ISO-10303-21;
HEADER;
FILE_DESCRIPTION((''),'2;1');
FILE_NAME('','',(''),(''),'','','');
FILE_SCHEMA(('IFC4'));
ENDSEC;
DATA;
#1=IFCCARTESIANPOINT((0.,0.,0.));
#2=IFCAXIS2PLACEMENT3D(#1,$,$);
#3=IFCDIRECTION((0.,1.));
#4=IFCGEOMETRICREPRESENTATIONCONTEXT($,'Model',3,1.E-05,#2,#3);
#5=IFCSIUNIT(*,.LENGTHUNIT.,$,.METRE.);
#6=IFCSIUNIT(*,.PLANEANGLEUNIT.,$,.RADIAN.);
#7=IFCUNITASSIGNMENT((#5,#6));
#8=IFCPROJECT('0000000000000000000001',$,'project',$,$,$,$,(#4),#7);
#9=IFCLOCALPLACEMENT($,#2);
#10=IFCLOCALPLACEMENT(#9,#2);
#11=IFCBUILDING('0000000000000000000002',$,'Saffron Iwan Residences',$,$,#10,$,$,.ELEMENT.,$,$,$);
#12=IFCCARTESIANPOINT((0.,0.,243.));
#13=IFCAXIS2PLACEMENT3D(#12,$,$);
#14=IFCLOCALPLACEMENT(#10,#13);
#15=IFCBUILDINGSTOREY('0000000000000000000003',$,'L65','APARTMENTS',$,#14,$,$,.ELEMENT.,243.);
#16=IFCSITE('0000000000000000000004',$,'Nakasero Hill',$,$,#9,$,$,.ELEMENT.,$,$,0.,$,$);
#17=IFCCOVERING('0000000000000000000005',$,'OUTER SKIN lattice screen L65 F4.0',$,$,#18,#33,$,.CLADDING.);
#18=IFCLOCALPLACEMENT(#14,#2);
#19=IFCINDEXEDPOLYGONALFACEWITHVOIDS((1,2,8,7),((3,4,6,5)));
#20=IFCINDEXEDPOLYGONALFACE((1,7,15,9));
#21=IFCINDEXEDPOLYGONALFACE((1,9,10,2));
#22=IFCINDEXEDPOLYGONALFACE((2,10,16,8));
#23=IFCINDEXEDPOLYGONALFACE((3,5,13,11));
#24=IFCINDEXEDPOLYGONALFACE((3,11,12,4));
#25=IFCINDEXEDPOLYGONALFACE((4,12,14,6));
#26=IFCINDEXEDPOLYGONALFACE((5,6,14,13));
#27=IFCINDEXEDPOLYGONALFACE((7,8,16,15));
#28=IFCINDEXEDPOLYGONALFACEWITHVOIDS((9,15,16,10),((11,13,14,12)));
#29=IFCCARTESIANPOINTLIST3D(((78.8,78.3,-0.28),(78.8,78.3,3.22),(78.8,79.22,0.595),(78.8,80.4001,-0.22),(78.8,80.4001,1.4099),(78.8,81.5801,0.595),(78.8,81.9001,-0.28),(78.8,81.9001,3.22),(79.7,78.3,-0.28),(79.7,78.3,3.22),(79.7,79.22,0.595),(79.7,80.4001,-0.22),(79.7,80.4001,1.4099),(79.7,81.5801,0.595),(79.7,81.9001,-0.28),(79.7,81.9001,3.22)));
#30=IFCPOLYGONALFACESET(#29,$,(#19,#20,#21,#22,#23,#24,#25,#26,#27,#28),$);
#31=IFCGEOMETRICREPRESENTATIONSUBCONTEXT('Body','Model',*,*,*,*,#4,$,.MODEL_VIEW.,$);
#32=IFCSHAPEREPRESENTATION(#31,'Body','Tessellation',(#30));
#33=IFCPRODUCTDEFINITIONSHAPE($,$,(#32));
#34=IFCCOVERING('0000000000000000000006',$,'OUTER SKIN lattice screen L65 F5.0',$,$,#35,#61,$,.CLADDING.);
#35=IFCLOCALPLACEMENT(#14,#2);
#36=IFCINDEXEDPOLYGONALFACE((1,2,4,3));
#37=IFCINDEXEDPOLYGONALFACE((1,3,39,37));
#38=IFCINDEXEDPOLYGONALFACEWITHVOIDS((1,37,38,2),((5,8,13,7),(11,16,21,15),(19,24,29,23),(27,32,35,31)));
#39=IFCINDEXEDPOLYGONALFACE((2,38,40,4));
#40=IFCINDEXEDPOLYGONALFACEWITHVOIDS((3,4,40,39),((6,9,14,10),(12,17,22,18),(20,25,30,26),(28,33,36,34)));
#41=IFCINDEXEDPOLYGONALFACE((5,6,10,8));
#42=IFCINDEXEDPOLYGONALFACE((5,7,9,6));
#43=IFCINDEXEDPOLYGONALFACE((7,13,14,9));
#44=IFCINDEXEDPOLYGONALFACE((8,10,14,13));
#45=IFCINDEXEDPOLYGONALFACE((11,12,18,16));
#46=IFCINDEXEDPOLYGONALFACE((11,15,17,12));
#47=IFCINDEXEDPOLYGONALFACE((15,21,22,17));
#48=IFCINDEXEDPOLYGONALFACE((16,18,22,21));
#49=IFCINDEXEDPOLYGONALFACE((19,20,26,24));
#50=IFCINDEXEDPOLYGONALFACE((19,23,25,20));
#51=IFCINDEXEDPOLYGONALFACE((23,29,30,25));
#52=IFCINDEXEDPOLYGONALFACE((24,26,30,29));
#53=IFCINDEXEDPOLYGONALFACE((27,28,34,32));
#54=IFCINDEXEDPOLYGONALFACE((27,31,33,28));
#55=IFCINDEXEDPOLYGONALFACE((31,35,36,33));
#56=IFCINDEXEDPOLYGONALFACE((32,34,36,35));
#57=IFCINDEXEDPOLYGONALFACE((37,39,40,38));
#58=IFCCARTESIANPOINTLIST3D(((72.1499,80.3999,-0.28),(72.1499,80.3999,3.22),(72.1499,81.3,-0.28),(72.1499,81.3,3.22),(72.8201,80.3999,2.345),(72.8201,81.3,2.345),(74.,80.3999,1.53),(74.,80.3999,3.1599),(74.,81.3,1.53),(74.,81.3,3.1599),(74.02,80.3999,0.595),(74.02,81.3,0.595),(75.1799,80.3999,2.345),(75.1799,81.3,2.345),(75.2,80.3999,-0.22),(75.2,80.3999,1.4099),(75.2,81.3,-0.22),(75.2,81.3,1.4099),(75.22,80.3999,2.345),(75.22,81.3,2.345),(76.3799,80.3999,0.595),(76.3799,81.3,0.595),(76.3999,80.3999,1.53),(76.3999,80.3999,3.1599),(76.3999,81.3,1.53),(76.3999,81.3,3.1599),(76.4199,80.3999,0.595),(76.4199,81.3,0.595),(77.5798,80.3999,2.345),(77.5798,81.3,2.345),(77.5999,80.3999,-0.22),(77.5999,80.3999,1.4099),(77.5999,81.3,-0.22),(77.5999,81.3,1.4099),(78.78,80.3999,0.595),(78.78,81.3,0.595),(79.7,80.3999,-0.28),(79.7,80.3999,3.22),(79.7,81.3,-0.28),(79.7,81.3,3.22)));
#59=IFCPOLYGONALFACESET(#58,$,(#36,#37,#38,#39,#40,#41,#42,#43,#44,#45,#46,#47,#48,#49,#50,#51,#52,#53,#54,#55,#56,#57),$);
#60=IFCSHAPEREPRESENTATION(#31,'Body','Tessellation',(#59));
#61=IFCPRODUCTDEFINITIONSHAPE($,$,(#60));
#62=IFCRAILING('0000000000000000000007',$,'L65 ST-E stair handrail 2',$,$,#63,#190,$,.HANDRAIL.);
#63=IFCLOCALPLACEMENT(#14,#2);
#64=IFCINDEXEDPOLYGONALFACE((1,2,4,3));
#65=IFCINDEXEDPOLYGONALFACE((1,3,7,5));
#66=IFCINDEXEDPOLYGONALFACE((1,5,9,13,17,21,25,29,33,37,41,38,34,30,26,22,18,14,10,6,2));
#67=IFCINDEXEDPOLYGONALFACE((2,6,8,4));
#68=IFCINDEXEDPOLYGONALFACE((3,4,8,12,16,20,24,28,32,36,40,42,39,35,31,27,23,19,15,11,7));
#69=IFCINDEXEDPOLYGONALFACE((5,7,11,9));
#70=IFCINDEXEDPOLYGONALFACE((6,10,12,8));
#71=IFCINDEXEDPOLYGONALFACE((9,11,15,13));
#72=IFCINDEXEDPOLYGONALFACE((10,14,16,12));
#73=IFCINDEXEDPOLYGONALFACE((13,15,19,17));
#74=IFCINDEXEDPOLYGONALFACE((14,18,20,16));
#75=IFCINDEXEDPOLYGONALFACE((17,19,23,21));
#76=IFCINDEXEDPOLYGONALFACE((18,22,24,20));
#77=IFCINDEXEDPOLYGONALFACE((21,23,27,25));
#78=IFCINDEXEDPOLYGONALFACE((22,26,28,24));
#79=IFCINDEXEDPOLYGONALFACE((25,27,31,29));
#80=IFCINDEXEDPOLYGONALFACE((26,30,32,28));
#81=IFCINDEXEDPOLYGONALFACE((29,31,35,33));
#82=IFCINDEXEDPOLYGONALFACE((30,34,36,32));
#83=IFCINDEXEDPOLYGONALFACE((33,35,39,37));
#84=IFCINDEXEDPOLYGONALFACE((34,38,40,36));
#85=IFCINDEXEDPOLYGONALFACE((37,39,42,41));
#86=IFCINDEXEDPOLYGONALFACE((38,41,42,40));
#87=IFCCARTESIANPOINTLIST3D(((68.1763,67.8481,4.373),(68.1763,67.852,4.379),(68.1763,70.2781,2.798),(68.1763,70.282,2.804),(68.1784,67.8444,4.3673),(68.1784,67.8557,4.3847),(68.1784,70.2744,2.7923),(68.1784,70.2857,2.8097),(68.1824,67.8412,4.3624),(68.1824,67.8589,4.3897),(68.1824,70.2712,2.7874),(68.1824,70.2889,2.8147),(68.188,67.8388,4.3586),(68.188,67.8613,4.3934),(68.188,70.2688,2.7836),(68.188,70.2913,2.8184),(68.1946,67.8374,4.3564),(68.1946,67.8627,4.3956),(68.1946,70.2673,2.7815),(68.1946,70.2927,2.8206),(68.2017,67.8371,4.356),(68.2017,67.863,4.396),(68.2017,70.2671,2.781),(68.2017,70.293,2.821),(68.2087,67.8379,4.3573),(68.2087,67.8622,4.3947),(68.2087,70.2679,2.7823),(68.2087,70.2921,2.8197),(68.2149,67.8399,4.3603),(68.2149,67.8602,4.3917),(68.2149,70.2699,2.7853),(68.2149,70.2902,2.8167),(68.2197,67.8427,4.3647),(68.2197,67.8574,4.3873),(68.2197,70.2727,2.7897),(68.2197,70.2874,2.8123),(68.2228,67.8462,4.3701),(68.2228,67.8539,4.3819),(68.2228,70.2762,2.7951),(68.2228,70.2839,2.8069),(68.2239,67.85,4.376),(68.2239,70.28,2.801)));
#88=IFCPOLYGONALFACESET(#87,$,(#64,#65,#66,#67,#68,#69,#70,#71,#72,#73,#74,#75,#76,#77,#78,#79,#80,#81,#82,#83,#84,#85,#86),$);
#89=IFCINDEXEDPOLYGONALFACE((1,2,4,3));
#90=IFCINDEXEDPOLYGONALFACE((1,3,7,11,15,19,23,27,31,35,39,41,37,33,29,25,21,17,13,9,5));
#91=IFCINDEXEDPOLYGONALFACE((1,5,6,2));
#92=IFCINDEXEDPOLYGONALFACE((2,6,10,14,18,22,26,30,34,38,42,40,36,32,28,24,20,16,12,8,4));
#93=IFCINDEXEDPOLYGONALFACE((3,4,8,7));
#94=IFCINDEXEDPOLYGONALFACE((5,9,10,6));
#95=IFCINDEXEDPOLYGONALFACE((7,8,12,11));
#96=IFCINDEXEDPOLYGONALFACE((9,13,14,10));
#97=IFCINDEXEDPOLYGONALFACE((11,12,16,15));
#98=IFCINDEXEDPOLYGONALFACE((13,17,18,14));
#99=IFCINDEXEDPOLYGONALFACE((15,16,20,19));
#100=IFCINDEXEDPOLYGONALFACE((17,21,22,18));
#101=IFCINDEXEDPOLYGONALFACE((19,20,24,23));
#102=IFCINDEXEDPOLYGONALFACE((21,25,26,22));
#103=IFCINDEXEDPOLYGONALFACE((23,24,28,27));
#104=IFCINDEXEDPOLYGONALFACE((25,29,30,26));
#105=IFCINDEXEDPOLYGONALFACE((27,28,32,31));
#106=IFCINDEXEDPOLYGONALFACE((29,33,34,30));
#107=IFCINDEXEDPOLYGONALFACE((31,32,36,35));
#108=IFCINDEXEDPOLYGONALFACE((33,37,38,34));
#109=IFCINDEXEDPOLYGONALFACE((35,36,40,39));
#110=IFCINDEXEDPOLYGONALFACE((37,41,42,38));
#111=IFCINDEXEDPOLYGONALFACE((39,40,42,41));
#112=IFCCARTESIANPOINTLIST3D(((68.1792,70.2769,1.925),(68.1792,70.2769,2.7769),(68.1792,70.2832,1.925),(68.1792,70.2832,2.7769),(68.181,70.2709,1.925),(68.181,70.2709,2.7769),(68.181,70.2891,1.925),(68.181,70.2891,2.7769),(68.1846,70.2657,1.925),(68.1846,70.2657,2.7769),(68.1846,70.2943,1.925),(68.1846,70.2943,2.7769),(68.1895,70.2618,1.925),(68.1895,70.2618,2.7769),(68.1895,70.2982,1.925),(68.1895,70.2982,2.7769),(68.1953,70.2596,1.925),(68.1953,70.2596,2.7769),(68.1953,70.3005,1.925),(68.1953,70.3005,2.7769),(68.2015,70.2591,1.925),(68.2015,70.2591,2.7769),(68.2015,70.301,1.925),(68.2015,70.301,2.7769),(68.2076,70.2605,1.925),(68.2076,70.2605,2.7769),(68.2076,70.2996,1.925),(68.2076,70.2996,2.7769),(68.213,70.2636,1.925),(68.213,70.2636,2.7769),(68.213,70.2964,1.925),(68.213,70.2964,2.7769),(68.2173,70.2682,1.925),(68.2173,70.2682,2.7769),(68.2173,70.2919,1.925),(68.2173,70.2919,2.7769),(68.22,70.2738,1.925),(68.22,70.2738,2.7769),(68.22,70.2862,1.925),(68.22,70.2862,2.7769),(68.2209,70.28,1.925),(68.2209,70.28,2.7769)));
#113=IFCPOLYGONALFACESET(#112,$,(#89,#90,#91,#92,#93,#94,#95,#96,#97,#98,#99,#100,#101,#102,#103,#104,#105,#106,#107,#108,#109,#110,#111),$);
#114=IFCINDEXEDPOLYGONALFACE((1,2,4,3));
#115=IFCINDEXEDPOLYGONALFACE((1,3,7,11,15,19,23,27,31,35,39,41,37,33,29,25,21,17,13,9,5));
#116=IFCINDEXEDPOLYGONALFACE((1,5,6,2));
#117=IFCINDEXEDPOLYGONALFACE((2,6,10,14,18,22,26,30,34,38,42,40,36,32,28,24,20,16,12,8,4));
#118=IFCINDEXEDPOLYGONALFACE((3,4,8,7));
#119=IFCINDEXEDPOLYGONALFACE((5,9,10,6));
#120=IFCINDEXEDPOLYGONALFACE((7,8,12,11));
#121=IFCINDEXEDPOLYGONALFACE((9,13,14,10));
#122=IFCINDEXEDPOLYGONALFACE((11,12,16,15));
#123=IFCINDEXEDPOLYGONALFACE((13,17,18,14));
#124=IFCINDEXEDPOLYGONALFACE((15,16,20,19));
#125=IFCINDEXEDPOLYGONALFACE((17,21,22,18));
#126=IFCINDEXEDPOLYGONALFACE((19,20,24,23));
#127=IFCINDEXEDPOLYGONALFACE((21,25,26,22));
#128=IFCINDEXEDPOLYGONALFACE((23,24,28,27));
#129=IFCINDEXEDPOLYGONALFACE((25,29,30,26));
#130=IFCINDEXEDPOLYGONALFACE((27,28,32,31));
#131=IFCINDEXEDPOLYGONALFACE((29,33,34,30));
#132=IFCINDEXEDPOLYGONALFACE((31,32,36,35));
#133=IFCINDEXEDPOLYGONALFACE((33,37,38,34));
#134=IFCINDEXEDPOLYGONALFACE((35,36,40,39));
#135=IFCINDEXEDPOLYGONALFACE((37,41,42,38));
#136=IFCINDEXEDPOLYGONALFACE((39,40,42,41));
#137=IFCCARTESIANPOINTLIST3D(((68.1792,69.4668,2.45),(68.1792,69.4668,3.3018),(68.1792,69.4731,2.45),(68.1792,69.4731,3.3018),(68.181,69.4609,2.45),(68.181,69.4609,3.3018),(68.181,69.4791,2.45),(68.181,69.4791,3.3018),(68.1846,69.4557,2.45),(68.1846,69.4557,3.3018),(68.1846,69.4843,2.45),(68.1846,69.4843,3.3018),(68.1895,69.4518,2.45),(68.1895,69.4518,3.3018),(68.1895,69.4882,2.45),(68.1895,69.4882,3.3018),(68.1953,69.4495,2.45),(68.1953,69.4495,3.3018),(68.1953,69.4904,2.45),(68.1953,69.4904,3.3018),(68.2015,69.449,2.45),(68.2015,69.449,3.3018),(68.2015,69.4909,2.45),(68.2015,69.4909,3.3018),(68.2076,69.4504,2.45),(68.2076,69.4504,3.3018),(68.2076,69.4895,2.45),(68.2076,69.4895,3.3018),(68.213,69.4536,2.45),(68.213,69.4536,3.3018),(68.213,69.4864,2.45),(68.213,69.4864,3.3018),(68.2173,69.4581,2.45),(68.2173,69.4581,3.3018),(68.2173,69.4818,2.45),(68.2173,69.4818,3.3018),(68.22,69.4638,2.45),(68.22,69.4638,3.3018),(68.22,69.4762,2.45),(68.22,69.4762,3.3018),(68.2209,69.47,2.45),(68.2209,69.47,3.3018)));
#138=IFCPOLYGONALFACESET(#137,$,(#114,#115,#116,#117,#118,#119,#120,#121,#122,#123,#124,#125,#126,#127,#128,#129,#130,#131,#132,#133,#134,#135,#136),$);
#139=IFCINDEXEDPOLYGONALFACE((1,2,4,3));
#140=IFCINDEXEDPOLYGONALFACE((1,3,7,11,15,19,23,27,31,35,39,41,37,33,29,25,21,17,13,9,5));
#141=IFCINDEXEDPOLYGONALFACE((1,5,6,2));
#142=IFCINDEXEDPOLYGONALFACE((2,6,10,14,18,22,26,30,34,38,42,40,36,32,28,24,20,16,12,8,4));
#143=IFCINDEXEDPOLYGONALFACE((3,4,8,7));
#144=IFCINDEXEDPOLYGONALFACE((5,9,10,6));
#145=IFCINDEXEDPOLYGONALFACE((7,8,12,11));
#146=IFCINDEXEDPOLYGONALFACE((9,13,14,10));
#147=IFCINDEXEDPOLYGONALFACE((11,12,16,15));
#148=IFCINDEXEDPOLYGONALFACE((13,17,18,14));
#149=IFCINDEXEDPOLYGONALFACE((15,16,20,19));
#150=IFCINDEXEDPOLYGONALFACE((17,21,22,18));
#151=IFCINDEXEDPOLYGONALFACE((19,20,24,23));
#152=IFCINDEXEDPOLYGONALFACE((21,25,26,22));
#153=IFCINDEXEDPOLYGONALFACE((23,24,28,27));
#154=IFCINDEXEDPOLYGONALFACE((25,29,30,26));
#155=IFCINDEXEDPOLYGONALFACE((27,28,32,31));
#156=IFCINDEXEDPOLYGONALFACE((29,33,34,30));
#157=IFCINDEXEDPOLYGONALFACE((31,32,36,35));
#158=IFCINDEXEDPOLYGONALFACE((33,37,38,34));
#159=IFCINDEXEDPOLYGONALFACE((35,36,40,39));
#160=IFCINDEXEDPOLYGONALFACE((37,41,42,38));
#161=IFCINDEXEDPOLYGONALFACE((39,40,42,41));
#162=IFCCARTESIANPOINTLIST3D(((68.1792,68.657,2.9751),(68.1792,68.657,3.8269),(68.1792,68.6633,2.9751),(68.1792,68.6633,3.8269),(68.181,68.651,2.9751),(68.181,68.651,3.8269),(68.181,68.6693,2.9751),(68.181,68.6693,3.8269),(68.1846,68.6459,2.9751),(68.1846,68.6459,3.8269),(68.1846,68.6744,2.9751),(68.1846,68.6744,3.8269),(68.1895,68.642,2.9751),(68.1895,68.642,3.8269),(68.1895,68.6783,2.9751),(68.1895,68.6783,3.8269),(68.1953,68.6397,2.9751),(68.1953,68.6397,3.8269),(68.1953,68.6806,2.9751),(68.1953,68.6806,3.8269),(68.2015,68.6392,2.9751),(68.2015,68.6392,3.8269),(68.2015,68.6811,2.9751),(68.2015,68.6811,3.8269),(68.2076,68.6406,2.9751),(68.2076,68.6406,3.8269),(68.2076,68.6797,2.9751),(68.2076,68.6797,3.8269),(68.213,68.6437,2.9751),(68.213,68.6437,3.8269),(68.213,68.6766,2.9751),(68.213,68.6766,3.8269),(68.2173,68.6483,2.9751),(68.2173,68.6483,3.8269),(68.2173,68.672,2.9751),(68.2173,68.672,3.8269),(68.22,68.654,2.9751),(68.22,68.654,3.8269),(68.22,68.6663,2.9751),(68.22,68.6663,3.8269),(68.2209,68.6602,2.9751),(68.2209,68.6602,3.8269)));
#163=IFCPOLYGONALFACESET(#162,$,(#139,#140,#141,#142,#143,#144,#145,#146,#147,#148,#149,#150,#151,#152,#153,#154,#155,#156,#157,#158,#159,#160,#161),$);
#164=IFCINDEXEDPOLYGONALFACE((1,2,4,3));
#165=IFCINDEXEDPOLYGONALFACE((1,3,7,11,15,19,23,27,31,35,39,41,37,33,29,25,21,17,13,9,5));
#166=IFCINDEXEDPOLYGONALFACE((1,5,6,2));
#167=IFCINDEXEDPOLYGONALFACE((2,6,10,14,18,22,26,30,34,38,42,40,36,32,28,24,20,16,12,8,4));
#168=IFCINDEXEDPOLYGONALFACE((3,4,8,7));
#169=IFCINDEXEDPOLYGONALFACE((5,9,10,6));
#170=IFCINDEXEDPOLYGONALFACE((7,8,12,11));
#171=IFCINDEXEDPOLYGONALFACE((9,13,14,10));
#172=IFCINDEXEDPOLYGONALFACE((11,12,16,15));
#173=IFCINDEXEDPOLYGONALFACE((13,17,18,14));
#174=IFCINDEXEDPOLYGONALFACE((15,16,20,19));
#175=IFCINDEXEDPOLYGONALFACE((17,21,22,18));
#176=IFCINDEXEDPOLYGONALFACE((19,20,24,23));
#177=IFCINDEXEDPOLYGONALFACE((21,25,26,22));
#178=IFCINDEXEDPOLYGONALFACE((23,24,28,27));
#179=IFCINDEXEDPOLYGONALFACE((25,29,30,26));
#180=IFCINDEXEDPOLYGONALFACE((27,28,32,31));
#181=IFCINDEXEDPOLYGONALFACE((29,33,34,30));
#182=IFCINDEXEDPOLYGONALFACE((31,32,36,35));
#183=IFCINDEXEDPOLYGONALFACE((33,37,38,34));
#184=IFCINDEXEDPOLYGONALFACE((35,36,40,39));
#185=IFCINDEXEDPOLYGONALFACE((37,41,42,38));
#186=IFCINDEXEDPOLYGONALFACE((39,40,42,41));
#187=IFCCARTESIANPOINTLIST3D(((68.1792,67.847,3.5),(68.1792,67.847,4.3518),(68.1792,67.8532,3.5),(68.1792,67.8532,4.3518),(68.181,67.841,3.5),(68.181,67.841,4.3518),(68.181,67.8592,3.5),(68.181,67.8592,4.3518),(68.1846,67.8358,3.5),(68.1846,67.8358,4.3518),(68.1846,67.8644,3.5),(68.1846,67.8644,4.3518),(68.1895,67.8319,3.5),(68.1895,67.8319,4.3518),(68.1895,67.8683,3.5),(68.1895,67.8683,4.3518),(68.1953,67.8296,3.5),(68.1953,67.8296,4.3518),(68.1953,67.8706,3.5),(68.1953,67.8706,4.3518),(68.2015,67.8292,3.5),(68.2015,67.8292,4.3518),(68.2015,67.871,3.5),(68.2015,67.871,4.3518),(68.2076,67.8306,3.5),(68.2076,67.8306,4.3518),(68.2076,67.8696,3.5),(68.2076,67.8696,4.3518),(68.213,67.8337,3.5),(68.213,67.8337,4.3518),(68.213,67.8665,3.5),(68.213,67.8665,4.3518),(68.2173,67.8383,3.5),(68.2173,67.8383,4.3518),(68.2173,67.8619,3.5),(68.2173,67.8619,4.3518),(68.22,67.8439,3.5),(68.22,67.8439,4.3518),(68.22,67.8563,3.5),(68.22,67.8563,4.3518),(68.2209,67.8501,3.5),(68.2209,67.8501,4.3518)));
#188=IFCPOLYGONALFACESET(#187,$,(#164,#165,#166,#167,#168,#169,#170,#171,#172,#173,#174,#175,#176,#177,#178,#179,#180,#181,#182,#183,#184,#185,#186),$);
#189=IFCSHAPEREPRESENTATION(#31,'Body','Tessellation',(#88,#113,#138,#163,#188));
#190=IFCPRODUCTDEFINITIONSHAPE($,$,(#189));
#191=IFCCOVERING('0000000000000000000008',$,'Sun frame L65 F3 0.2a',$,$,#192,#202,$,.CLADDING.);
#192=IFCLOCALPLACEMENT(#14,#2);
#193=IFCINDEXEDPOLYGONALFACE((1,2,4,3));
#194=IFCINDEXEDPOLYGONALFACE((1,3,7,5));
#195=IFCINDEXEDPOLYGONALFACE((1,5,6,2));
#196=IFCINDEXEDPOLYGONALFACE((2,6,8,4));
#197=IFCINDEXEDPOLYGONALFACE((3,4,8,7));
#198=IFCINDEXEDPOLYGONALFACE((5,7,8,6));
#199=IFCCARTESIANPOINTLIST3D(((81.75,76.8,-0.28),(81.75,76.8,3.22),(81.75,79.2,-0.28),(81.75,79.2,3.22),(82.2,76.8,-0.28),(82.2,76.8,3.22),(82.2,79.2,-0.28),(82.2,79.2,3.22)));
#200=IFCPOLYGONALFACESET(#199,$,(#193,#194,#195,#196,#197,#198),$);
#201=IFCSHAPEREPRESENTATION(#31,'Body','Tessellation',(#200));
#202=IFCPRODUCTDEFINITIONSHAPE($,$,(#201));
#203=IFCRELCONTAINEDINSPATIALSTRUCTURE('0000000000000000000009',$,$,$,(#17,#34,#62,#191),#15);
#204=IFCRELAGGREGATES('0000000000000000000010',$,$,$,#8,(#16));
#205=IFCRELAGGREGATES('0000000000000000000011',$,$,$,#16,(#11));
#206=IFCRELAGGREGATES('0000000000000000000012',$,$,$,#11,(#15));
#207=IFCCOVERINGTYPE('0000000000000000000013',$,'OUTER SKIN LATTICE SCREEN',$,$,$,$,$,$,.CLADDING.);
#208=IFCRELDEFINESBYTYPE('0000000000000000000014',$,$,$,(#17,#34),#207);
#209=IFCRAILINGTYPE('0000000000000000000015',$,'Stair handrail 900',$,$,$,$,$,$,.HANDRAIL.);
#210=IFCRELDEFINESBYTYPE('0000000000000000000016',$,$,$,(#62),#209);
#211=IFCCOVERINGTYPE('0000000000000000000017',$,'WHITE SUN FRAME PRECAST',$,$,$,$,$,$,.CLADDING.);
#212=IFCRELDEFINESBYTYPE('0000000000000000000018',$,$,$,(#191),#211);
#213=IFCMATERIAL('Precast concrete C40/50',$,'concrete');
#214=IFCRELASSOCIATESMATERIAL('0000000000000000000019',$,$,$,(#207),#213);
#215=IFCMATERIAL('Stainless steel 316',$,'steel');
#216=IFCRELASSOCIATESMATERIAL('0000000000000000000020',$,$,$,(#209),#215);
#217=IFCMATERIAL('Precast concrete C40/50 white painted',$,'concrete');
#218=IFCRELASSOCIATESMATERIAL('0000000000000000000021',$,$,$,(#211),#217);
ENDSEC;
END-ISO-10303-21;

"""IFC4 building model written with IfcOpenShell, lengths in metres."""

from ifc_helpers import new_model, si_unit, direction, frame, origin, origin_2d, place, context, subcontext, project, spatial, polyline, circle, outline, extrude, material, type_object, element, save


model = new_model("IFC4")

# Units and contexts
model_context = context("Model", 3, precision=1e-05, world=origin(), true_north=direction((0.0, 1.0)))
body_context = subcontext(model_context, "Body", "Model", "MODEL_VIEW")
ifc_project = project(units=[si_unit("LENGTHUNIT", "METRE"), si_unit("PLANEANGLEUNIT", "RADIAN")], contexts=[model_context])

# Site, building, storey
site_placement = place(None, origin())
site = spatial("IfcSite", under=ifc_project, at=site_placement, Name="Nakasero Hill", CompositionType="ELEMENT", RefElevation=0.0)
building_placement = place(site_placement, origin())
building = spatial("IfcBuilding", under=site, at=building_placement, Name="Saffron Iwan Residences", CompositionType="ELEMENT")
storey_placement = place(building_placement, frame((0.0, 0.0, 243.0)))
storey = spatial("IfcBuildingStorey", under=building, at=storey_placement, Name="L65", Description="APARTMENTS", CompositionType="ELEMENT", Elevation=243.0)

# Coverings
ifc_material_1 = material(Name="Precast concrete C40/50", Category="concrete")
covering_type_1 = type_object("IfcCoveringType", Name="OUTER SKIN LATTICE SCREEN", PredefinedType="CLADDING", material=ifc_material_1)
covering_1_placement = place(storey_placement, frame((78.8, 78.3, -0.28), z_axis=(1.0, 0.0, 0.0), x_axis=(0.0, 1.0, 0.0)))
element("IfcCovering", 1, at=covering_1_placement, inside=storey, type_object=covering_type_1, Name="OUTER SKIN lattice screen L65 F4.0", PredefinedType="CLADDING", context=body_context, shape_type="SweptSolid", body=[
    extrude(outline(polyline([(0.0, 0.0), (3.6001, 0.0), (3.6001, 3.5), (0.0, 3.5), (0.0, 0.0)]), holes=[polyline([(0.9199, 0.875), (2.1001, 0.0601), (3.28, 0.875), (2.1001, 1.6899), (0.9199, 0.875)])]), origin(), (0.0, 0.0, 1.0), 0.8999),
])
covering_2_placement = place(storey_placement, frame((79.7, 80.3999, -0.28), z_axis=(0.0, 1.0, 0.0), x_axis=(-1.0, 0.0, 0.0)))
element("IfcCovering", 2, at=covering_2_placement, inside=storey, type_object=covering_type_1, Name="OUTER SKIN lattice screen L65 F5.0", PredefinedType="CLADDING", context=body_context, shape_type="SweptSolid", body=[
    extrude(outline(polyline([(0.0, 0.0), (7.55, 0.0), (7.55, 3.5), (0.0, 3.5), (0.0, 0.0)]), holes=[polyline([(0.9199, 0.875), (2.1001, 0.0601), (3.28, 0.875), (2.1001, 1.6899), (0.9199, 0.875)]), polyline([(3.3201, 0.875), (4.5, 0.0601), (5.6799, 0.875), (4.5, 1.6899), (3.3201, 0.875)]), polyline([(2.1201, 2.625), (3.3, 1.8101), (4.48, 2.625), (3.3, 3.4399), (2.1201, 2.625)]), polyline([(4.52, 2.625), (5.7, 1.8101), (6.8799, 2.625), (5.7, 3.4399), (4.52, 2.625)])]), origin(), (0.0, 0.0, 1.0), 0.9001),
])

# Railing
ifc_material_2 = material(Name="Stainless steel 316", Category="steel")
railing_type = type_object("IfcRailingType", Name="Stair handrail 900", PredefinedType="HANDRAIL", material=ifc_material_2)
railing_placement = place(storey_placement, frame((68.2, 70.28, 1.925)))
element("IfcRailing", 3, at=railing_placement, inside=storey, type_object=railing_type, Name="L65 ST-E stair handrail 2", PredefinedType="HANDRAIL", context=body_context, shape_type="SweptSolid", body=[
    extrude(circle(Radius=0.0239, at=origin_2d()), frame((0.0, 0.0, 0.876), z_axis=(0.0, -0.839154, 0.543894), x_axis=(1.0, 0.0, 0.0)), (0.0, 0.0, 1.0), 2.8958),
    extrude(circle(Radius=0.021, at=origin_2d()), origin(), (0.0, 0.0, 1.0), 0.8518),
    extrude(circle(Radius=0.021, at=origin_2d()), frame((0.0, -0.8101, 0.5249)), (0.0, 0.0, 1.0), 0.8518),
    extrude(circle(Radius=0.021, at=origin_2d()), frame((0.0, -1.6199, 1.05)), (0.0, 0.0, 1.0), 0.8518),
    extrude(circle(Radius=0.021, at=origin_2d()), frame((0.0, -2.4299, 1.575)), (0.0, 0.0, 1.0), 0.8518),
])

# Covering
ifc_material_3 = material(Name="Precast concrete C40/50 white painted", Category="concrete")
covering_type_2 = type_object("IfcCoveringType", Name="WHITE SUN FRAME PRECAST", PredefinedType="CLADDING", material=ifc_material_3)
for number, where, z_axis, x_axis, name in (
    (4, (82.2, 76.8, -0.28), (0.0, 1.0, 0.0), (-1.0, 0.0, 0.0), "Sun frame L65 F3 0.2a"),
):
    element("IfcCovering", number, at=place(storey_placement, frame(where, z_axis=z_axis, x_axis=x_axis)), inside=storey, type_object=covering_type_2, Name=name, PredefinedType="CLADDING", context=body_context, shape_type="SweptSolid", body=[
        extrude(outline(polyline([(0.0, 0.0), (0.45, 0.0), (0.45, 3.5), (0.0, 3.5), (0.0, 0.0)])), origin(), (0.0, 0.0, 1.0), 2.3999),
    ])

save(model, "model.ifc")
